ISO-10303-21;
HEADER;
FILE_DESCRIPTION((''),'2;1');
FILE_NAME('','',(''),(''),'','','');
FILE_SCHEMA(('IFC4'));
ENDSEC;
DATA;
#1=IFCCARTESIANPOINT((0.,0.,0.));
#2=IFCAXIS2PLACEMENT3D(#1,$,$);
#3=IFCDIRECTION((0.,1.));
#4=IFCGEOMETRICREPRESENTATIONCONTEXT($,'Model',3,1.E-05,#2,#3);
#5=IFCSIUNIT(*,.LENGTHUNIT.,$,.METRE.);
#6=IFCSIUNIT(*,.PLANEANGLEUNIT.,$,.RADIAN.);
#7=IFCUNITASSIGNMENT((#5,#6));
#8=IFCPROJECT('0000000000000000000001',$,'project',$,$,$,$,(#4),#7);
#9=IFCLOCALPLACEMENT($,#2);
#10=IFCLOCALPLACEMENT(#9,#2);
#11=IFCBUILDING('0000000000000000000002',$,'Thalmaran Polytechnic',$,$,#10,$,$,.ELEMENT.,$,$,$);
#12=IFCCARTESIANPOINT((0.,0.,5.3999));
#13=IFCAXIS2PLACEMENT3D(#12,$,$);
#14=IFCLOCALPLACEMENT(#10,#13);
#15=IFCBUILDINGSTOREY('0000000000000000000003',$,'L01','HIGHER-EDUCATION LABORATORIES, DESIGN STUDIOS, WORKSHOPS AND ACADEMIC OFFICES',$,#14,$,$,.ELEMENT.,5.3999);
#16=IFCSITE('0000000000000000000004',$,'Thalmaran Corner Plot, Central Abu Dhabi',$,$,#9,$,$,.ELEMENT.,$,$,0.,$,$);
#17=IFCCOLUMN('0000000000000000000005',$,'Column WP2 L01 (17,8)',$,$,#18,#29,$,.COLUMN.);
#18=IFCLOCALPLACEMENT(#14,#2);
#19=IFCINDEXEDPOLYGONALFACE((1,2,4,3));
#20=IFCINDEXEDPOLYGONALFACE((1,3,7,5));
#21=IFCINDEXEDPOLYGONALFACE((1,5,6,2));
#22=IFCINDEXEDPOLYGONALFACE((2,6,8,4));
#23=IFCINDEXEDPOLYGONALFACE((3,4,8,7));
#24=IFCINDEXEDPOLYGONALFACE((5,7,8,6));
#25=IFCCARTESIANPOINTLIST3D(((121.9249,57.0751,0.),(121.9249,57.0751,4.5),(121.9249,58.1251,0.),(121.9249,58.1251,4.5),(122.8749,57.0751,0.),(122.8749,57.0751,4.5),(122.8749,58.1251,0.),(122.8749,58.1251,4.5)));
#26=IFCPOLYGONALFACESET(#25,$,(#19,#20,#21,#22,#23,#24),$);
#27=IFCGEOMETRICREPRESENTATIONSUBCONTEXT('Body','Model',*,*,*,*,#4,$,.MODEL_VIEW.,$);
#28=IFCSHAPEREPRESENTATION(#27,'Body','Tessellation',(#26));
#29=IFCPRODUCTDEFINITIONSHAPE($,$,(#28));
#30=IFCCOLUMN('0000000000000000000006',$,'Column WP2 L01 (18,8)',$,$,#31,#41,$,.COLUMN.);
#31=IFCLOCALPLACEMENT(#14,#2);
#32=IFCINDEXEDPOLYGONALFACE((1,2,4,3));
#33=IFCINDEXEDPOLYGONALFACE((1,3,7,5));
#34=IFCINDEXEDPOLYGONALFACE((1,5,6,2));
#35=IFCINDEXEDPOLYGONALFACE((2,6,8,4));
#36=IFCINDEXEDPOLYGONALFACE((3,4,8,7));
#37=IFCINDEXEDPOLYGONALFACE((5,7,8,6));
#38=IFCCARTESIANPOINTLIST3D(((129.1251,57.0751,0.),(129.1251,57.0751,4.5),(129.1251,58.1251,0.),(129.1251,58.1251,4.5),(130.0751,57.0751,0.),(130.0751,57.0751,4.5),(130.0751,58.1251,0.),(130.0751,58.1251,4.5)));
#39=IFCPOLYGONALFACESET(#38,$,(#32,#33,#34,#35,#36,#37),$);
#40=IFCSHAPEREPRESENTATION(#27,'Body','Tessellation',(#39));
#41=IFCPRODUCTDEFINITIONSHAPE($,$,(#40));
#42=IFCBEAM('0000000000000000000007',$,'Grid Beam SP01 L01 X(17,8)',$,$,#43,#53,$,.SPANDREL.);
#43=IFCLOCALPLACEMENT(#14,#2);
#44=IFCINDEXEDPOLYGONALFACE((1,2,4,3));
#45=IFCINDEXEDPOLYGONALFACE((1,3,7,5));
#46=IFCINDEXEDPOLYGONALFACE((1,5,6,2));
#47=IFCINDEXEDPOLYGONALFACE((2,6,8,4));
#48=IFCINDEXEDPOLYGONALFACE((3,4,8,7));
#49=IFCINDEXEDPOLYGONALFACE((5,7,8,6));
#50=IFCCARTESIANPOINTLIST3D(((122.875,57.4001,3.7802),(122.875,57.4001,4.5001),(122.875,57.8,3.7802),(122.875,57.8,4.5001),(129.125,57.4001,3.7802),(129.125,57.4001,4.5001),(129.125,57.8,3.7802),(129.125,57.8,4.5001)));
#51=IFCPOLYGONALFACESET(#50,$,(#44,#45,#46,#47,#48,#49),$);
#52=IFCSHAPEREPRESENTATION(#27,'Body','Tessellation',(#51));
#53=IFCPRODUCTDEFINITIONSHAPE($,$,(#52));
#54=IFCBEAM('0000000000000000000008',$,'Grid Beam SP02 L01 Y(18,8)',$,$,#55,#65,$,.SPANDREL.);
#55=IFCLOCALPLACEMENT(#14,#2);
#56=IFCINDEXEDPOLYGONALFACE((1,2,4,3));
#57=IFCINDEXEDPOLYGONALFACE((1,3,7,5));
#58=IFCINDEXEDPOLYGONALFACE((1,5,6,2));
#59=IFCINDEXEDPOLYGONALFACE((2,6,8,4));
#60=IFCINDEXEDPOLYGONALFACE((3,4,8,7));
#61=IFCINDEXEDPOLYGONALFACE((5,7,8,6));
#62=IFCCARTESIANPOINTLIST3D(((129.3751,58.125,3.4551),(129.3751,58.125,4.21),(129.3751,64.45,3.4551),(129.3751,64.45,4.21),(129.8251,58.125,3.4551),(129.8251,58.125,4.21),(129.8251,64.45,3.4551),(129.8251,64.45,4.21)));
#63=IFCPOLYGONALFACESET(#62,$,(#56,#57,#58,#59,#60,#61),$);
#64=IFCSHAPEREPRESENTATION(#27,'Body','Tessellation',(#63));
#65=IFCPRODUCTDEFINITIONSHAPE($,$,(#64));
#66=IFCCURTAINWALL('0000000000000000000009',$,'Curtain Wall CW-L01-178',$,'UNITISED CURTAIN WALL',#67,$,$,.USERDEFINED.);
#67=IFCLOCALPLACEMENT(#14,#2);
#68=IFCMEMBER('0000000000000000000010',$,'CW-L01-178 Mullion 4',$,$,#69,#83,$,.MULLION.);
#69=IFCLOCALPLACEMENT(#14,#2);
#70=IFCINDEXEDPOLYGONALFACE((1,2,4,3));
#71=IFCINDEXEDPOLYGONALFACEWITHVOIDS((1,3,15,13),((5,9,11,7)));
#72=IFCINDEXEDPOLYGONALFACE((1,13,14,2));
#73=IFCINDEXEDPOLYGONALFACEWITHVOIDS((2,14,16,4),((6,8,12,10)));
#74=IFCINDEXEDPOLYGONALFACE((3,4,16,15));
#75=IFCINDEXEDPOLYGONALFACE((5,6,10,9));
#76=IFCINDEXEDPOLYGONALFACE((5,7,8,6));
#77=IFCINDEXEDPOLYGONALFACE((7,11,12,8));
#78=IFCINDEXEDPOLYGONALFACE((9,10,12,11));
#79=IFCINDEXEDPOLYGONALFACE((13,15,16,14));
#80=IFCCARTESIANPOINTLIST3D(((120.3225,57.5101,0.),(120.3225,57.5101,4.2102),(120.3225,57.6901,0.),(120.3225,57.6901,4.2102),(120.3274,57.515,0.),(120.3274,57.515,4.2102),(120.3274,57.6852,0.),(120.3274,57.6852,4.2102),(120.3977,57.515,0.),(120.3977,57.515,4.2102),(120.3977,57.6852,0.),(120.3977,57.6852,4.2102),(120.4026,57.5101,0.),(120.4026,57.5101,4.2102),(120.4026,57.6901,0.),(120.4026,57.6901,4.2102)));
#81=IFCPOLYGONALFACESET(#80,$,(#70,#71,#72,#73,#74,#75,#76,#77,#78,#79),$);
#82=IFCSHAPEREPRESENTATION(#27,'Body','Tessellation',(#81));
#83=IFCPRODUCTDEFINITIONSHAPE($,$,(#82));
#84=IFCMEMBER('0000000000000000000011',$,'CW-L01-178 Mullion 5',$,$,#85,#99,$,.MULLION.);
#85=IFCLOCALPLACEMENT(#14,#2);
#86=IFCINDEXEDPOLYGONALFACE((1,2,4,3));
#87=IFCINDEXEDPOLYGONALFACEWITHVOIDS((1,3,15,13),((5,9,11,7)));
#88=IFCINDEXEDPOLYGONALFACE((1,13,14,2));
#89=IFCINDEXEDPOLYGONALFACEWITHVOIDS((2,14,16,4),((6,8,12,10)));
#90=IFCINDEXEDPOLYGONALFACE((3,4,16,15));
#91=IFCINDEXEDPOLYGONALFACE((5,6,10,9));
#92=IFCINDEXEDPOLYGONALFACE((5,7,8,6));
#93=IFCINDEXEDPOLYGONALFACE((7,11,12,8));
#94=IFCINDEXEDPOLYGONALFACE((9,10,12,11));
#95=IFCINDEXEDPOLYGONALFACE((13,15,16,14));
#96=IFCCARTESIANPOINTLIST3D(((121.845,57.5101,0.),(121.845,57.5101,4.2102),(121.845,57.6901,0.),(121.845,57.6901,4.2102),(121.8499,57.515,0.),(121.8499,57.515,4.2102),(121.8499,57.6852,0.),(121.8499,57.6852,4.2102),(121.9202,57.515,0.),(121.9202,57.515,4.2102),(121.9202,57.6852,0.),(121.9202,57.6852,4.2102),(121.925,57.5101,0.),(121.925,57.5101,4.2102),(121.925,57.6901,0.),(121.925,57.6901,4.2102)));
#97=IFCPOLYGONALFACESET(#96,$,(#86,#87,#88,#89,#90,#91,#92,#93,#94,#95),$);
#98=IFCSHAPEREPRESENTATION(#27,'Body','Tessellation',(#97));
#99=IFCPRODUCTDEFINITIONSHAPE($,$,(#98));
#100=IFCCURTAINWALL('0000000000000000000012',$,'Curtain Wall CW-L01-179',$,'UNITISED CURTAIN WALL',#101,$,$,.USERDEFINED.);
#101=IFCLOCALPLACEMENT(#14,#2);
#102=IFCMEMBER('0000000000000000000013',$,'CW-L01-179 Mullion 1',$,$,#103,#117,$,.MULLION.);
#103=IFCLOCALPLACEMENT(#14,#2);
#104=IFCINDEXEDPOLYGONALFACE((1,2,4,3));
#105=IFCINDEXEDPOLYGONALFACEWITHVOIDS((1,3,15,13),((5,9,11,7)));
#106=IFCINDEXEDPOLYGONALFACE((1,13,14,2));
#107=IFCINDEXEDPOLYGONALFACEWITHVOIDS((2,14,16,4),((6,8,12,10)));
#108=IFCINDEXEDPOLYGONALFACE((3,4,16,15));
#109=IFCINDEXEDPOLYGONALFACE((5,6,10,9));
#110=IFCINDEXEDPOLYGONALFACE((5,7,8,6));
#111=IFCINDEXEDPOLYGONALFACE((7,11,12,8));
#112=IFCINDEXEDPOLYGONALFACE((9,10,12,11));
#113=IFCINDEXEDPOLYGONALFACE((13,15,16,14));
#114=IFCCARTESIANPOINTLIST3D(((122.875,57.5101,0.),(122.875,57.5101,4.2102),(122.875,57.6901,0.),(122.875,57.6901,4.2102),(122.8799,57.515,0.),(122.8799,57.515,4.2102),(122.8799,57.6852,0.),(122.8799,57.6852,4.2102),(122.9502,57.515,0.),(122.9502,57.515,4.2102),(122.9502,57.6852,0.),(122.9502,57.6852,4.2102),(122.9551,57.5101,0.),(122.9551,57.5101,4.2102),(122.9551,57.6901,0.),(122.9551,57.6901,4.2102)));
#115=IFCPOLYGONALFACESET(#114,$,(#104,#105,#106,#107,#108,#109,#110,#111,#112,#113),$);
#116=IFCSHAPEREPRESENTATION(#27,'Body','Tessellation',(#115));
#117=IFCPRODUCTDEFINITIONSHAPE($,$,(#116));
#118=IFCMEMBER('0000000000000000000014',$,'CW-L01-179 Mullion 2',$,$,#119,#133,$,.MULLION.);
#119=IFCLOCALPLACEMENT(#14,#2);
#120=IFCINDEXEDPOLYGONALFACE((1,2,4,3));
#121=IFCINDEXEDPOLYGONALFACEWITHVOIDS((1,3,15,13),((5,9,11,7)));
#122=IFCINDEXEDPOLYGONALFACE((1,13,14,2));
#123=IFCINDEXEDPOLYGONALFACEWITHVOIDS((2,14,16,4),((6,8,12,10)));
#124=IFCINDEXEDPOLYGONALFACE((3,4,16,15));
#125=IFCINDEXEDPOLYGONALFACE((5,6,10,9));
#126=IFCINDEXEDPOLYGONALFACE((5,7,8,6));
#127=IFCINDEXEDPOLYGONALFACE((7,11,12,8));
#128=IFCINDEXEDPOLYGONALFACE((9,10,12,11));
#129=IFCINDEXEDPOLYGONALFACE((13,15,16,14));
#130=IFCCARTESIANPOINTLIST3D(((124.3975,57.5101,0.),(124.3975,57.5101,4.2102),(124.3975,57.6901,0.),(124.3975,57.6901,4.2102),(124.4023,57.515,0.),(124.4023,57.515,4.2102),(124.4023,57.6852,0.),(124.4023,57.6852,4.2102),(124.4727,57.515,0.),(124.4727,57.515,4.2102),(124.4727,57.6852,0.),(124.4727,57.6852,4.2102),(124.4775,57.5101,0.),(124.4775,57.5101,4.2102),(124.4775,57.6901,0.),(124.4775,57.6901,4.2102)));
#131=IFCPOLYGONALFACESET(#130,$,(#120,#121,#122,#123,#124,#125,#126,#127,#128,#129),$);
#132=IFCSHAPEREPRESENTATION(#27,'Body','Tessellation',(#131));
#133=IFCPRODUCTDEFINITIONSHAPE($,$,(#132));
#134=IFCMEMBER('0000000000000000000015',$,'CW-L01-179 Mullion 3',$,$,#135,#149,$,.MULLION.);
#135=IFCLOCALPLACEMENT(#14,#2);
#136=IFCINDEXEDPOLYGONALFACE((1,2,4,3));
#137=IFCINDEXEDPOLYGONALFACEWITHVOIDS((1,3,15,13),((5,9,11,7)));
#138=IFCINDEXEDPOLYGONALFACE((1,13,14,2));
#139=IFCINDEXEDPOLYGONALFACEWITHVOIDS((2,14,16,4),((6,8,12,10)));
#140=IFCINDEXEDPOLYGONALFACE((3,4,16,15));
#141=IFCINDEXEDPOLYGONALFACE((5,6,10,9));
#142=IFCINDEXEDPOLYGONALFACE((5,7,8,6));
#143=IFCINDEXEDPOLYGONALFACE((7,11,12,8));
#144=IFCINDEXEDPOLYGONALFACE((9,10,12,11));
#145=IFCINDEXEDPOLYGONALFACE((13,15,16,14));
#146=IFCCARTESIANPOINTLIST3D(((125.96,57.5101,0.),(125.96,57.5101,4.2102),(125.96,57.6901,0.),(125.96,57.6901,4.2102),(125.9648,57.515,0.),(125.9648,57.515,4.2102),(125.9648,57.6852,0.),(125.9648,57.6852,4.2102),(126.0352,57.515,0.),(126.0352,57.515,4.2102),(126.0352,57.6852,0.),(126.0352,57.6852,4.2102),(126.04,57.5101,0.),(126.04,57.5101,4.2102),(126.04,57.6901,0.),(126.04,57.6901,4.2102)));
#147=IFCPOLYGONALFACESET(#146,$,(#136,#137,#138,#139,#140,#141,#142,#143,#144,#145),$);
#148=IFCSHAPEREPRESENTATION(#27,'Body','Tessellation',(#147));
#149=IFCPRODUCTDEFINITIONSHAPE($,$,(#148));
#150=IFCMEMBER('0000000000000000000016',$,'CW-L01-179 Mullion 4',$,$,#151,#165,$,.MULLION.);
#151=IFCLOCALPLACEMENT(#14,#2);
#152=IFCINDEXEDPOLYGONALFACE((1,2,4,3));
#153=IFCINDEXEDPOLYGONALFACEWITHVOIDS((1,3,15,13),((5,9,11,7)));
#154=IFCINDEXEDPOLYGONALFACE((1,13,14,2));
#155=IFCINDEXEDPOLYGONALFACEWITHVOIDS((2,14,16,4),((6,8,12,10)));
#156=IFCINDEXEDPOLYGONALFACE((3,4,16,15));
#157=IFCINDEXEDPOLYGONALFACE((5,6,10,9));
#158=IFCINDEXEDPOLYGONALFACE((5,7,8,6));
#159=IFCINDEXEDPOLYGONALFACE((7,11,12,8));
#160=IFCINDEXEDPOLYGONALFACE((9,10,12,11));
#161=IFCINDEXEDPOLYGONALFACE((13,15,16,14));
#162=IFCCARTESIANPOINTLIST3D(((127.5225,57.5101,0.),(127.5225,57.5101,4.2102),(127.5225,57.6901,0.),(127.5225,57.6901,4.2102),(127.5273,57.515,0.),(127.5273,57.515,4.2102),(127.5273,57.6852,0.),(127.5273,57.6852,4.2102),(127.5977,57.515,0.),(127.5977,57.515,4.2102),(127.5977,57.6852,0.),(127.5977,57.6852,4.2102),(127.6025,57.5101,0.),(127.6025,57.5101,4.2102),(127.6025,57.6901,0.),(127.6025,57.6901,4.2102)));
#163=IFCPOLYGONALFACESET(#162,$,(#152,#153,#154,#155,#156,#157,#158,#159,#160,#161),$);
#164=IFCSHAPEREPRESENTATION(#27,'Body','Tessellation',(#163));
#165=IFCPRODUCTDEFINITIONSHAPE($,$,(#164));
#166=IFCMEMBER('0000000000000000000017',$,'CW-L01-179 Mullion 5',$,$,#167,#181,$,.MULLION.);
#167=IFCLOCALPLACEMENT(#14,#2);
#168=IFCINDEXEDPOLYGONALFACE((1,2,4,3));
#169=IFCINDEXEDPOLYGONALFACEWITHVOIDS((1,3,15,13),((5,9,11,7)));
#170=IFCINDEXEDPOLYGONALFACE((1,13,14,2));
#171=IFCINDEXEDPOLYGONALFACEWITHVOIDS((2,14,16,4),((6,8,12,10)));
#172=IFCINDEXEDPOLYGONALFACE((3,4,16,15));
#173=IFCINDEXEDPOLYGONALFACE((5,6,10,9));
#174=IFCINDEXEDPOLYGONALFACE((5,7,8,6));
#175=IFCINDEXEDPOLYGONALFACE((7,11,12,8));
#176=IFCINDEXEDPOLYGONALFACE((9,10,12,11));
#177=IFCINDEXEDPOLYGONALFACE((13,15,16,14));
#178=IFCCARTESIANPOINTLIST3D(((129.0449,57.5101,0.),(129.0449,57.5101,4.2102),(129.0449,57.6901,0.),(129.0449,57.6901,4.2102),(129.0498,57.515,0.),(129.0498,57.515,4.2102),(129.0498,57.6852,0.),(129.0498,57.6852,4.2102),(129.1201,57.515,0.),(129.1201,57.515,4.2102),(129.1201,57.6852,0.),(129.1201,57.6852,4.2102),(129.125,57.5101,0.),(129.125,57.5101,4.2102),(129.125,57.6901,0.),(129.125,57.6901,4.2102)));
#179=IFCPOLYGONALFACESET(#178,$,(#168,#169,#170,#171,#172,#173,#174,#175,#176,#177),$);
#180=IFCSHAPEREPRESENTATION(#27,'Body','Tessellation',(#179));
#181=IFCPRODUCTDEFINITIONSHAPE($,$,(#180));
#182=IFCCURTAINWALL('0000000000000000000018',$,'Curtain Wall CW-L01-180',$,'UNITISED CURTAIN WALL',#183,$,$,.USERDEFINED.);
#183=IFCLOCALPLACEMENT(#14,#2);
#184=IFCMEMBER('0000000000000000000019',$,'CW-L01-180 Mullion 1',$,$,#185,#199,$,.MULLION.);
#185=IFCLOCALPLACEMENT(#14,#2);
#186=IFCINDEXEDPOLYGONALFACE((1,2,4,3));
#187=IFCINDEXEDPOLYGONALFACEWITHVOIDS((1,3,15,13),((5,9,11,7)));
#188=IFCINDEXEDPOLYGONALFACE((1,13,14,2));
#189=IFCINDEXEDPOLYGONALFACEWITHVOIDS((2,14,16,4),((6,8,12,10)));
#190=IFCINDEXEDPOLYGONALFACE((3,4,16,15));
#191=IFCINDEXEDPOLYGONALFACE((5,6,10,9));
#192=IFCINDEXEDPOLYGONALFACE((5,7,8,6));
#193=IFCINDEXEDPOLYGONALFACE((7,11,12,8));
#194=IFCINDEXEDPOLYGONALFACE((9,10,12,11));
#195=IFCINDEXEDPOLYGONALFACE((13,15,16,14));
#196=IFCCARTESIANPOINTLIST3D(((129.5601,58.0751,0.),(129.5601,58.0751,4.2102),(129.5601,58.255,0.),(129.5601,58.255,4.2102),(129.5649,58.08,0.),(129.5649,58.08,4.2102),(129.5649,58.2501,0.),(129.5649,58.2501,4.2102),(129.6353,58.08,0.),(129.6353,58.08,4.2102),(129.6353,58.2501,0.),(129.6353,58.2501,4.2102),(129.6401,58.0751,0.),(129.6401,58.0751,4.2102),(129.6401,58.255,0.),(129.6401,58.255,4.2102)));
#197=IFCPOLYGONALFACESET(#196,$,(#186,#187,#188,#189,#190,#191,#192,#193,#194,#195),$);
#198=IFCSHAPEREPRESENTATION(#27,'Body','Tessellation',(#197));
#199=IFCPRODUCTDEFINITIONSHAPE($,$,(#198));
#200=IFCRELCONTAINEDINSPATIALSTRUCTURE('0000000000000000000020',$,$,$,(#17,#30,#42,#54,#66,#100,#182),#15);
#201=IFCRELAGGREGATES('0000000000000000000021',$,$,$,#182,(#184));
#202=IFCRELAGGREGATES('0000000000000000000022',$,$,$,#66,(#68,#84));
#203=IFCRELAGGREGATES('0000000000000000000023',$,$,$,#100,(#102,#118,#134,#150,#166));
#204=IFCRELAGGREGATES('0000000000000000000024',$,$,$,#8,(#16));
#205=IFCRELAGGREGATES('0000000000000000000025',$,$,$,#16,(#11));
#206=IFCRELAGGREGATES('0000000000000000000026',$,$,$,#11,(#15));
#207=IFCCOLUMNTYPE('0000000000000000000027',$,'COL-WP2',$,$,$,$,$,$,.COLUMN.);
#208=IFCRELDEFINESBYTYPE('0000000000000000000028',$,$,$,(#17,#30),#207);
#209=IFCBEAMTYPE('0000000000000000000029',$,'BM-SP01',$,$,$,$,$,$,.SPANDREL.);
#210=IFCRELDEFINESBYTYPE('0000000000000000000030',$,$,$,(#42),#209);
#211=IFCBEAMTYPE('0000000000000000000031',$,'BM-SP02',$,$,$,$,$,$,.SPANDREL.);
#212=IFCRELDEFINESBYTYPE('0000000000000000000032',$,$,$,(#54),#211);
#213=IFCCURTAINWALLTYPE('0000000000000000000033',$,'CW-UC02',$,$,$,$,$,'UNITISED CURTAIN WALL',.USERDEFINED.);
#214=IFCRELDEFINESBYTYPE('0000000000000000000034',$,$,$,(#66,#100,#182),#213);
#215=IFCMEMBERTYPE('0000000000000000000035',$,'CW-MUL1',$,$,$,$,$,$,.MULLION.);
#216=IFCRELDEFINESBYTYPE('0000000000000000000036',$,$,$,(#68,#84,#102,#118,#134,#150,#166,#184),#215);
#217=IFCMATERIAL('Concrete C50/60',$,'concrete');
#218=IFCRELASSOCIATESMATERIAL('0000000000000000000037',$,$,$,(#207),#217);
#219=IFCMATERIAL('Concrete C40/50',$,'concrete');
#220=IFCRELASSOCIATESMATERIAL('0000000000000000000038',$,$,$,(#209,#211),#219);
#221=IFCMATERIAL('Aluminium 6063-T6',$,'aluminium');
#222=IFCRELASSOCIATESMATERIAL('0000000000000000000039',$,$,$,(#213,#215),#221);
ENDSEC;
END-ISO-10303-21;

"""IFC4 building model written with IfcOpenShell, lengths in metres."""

from ifc_helpers import new_model, si_unit, direction, frame, origin, origin_2d, place, context, subcontext, project, spatial, rectangle, hollow_rectangle, extrude, material, material_profile, profile_set, type_object, element, aggregate, save


model = new_model("IFC4")

# Units and contexts
model_context = context("Model", 3, precision=1e-05, world=origin(), true_north=direction((0.0, 1.0)))
body_context = subcontext(model_context, "Body", "Model", "MODEL_VIEW")
ifc_project = project(units=[si_unit("LENGTHUNIT", "METRE"), si_unit("PLANEANGLEUNIT", "RADIAN")], contexts=[model_context])

# Site, building, storey
site_placement = place(None, origin())
site = spatial("IfcSite", under=ifc_project, at=site_placement, Name="Thalmaran Corner Plot, Central Abu Dhabi", CompositionType="ELEMENT", RefElevation=0.0)
building_placement = place(site_placement, origin())
building = spatial("IfcBuilding", under=site, at=building_placement, Name="Thalmaran Polytechnic", CompositionType="ELEMENT")
storey_placement = place(building_placement, frame((0.0, 0.0, 5.3999)))
storey = spatial("IfcBuildingStorey", under=building, at=storey_placement, Name="L01", Description="HIGHER-EDUCATION LABORATORIES, DESIGN STUDIOS, WORKSHOPS AND ACADEMIC OFFICES", CompositionType="ELEMENT", Elevation=5.3999)

# Columns
ifc_material_1 = material(Name="Concrete C50/60", Category="concrete")
ifc_material_profile_1 = material_profile(ifc_material_1, rectangle(XDim=0.95, YDim=1.05, at=origin_2d()), Name="RC 950x1050")
ifc_profile_set_1 = profile_set([ifc_material_profile_1], Name="Concrete C50/60")
column_type = type_object("IfcColumnType", Name="COL-WP2", PredefinedType="COLUMN", material=ifc_profile_set_1)
for number, where, z_axis, x_axis, name in (
    (1, (122.3999, 57.6001, 0.0), (0.0, 0.0, 1.0), (1.0, 0.0, 0.0), "Column WP2 L01 (17,8)"),
    (2, (129.6001, 57.6001, 0.0), (0.0, 0.0, 1.0), (1.0, 0.0, 0.0), "Column WP2 L01 (18,8)"),
):
    element("IfcColumn", number, at=place(storey_placement, frame(where, z_axis=z_axis, x_axis=x_axis)), inside=storey, type_object=column_type, Name=name, PredefinedType="COLUMN", context=body_context, shape_type="SweptSolid", body=[
        extrude(rectangle(XDim=0.95, YDim=1.05, at=origin_2d()), origin(), (0.0, 0.0, 1.0), 4.5),
    ])

# Beams
ifc_material_2 = material(Name="Concrete C40/50", Category="concrete")
ifc_material_profile_2 = material_profile(ifc_material_2, rectangle(XDim=0.3999, YDim=0.72, at=origin_2d()), Name="RC 400x720")
ifc_profile_set_2 = profile_set([ifc_material_profile_2], Name="Concrete C40/50")
beam_type_1 = type_object("IfcBeamType", Name="BM-SP01", PredefinedType="SPANDREL", material=ifc_profile_set_2)
beam_1_placement = place(storey_placement, frame((122.875, 57.6001, 4.1401), z_axis=(1.0, 0.0, 0.0), x_axis=(0.0, 1.0, 0.0)))
element("IfcBeam", 3, at=beam_1_placement, inside=storey, type_object=beam_type_1, Name="Grid Beam SP01 L01 X(17,8)", PredefinedType="SPANDREL", context=body_context, shape_type="SweptSolid", body=[
    extrude(rectangle(XDim=0.3999, YDim=0.72, at=origin_2d()), origin(), (0.0, 0.0, 1.0), 6.25),
])
ifc_material_profile_3 = material_profile(ifc_material_2, rectangle(XDim=0.45, YDim=0.7549, at=origin_2d()), Name="RC 450x755")
ifc_profile_set_3 = profile_set([ifc_material_profile_3], Name="Concrete C40/50")
beam_type_2 = type_object("IfcBeamType", Name="BM-SP02", PredefinedType="SPANDREL", material=ifc_profile_set_3)
beam_2_placement = place(storey_placement, frame((129.6001, 58.125, 3.8325), z_axis=(0.0, 1.0, 0.0), x_axis=(-1.0, 0.0, 0.0)))
element("IfcBeam", 4, at=beam_2_placement, inside=storey, type_object=beam_type_2, Name="Grid Beam SP02 L01 Y(18,8)", PredefinedType="SPANDREL", context=body_context, shape_type="SweptSolid", body=[
    extrude(rectangle(XDim=0.45, YDim=0.7549, at=origin_2d()), origin(), (0.0, 0.0, 1.0), 6.325),
])

# Curtain walls, members
ifc_material_3 = material(Name="Aluminium 6063-T6", Category="aluminium")
curtain_wall_type = type_object("IfcCurtainWallType", Name="CW-UC02", ElementType="UNITISED CURTAIN WALL", PredefinedType="USERDEFINED", material=ifc_material_3)
curtain_wall_1_placement = place(storey_placement, origin())
curtain_wall_1 = element("IfcCurtainWall", 5, at=curtain_wall_1_placement, inside=storey, type_object=curtain_wall_type, Name="Curtain Wall CW-L01-178", ObjectType="UNITISED CURTAIN WALL", PredefinedType="USERDEFINED")
ifc_material_profile_4 = material_profile(ifc_material_3, hollow_rectangle(XDim=0.0801, YDim=0.1799, WallThickness=0.0049, at=origin_2d()), Name="RHS 180x80x5.0")
ifc_profile_set_4 = profile_set([ifc_material_profile_4], Name="Aluminium 6063-T6")
member_type_1 = type_object("IfcMemberType", Name="CW-MUL1", PredefinedType="MULLION", material=ifc_profile_set_4)
member_1_placement = place(storey_placement, frame((120.3625, 57.6001, 0.0), z_axis=(0.0, 0.0, 1.0), x_axis=(1.0, 0.0, 0.0)))
member_1 = element("IfcMember", 6, at=member_1_placement, type_object=member_type_1, Name="CW-L01-178 Mullion 4", PredefinedType="MULLION", context=body_context, shape_type="SweptSolid", body=[
    extrude(hollow_rectangle(XDim=0.0801, YDim=0.1799, WallThickness=0.0049, at=origin_2d()), origin(), (0.0, 0.0, 1.0), 4.2102),
])
member_2_placement = place(storey_placement, frame((121.885, 57.6001, 0.0), z_axis=(0.0, 0.0, 1.0), x_axis=(1.0, 0.0, 0.0)))
member_2 = element("IfcMember", 7, at=member_2_placement, type_object=member_type_1, Name="CW-L01-178 Mullion 5", PredefinedType="MULLION", context=body_context, shape_type="SweptSolid", body=[
    extrude(hollow_rectangle(XDim=0.0801, YDim=0.1799, WallThickness=0.0049, at=origin_2d()), origin(), (0.0, 0.0, 1.0), 4.2102),
])
curtain_wall_2_placement = place(storey_placement, origin())
curtain_wall_2 = element("IfcCurtainWall", 8, at=curtain_wall_2_placement, inside=storey, type_object=curtain_wall_type, Name="Curtain Wall CW-L01-179", ObjectType="UNITISED CURTAIN WALL", PredefinedType="USERDEFINED")
member_3_placement = place(storey_placement, frame((122.915, 57.6001, 0.0), z_axis=(0.0, 0.0, 1.0), x_axis=(1.0, 0.0, 0.0)))
member_3 = element("IfcMember", 9, at=member_3_placement, type_object=member_type_1, Name="CW-L01-179 Mullion 1", PredefinedType="MULLION", context=body_context, shape_type="SweptSolid", body=[
    extrude(hollow_rectangle(XDim=0.0801, YDim=0.1799, WallThickness=0.0049, at=origin_2d()), origin(), (0.0, 0.0, 1.0), 4.2102),
])
member_4_placement = place(storey_placement, frame((124.4375, 57.6001, 0.0), z_axis=(0.0, 0.0, 1.0), x_axis=(1.0, 0.0, 0.0)))
member_4 = element("IfcMember", 10, at=member_4_placement, type_object=member_type_1, Name="CW-L01-179 Mullion 2", PredefinedType="MULLION", context=body_context, shape_type="SweptSolid", body=[
    extrude(hollow_rectangle(XDim=0.0801, YDim=0.1799, WallThickness=0.0049, at=origin_2d()), origin(), (0.0, 0.0, 1.0), 4.2102),
])
member_5_placement = place(storey_placement, frame((126.0, 57.6001, 0.0), z_axis=(0.0, 0.0, 1.0), x_axis=(1.0, 0.0, 0.0)))
member_5 = element("IfcMember", 11, at=member_5_placement, type_object=member_type_1, Name="CW-L01-179 Mullion 3", PredefinedType="MULLION", context=body_context, shape_type="SweptSolid", body=[
    extrude(hollow_rectangle(XDim=0.0801, YDim=0.1799, WallThickness=0.0049, at=origin_2d()), origin(), (0.0, 0.0, 1.0), 4.2102),
])
member_6_placement = place(storey_placement, frame((127.5625, 57.6001, 0.0), z_axis=(0.0, 0.0, 1.0), x_axis=(1.0, 0.0, 0.0)))
member_6 = element("IfcMember", 12, at=member_6_placement, type_object=member_type_1, Name="CW-L01-179 Mullion 4", PredefinedType="MULLION", context=body_context, shape_type="SweptSolid", body=[
    extrude(hollow_rectangle(XDim=0.0801, YDim=0.1799, WallThickness=0.0049, at=origin_2d()), origin(), (0.0, 0.0, 1.0), 4.2102),
])
member_7_placement = place(storey_placement, frame((129.085, 57.6001, 0.0), z_axis=(0.0, 0.0, 1.0), x_axis=(1.0, 0.0, 0.0)))
member_7 = element("IfcMember", 13, at=member_7_placement, type_object=member_type_1, Name="CW-L01-179 Mullion 5", PredefinedType="MULLION", context=body_context, shape_type="SweptSolid", body=[
    extrude(hollow_rectangle(XDim=0.0801, YDim=0.1799, WallThickness=0.0049, at=origin_2d()), origin(), (0.0, 0.0, 1.0), 4.2102),
])

# Curtain wall, member
curtain_wall_3_placement = place(storey_placement, origin())
curtain_wall_3 = element("IfcCurtainWall", 14, at=curtain_wall_3_placement, inside=storey, type_object=curtain_wall_type, Name="Curtain Wall CW-L01-180", ObjectType="UNITISED CURTAIN WALL", PredefinedType="USERDEFINED")
member_8_placement = place(storey_placement, frame((129.6001, 58.165, 0.0), z_axis=(0.0, 0.0, 1.0), x_axis=(1.0, 0.0, 0.0)))
member_8 = element("IfcMember", 15, at=member_8_placement, type_object=member_type_1, Name="CW-L01-180 Mullion 1", PredefinedType="MULLION", context=body_context, shape_type="SweptSolid", body=[
    extrude(hollow_rectangle(XDim=0.0801, YDim=0.1799, WallThickness=0.0049, at=origin_2d()), origin(), (0.0, 0.0, 1.0), 4.2102),
])

aggregate(curtain_wall_3, [member_8])

aggregate(curtain_wall_1, [member_1, member_2])
aggregate(curtain_wall_2, [member_3, member_4, member_5, member_6, member_7])

save(model, "model.ifc")
